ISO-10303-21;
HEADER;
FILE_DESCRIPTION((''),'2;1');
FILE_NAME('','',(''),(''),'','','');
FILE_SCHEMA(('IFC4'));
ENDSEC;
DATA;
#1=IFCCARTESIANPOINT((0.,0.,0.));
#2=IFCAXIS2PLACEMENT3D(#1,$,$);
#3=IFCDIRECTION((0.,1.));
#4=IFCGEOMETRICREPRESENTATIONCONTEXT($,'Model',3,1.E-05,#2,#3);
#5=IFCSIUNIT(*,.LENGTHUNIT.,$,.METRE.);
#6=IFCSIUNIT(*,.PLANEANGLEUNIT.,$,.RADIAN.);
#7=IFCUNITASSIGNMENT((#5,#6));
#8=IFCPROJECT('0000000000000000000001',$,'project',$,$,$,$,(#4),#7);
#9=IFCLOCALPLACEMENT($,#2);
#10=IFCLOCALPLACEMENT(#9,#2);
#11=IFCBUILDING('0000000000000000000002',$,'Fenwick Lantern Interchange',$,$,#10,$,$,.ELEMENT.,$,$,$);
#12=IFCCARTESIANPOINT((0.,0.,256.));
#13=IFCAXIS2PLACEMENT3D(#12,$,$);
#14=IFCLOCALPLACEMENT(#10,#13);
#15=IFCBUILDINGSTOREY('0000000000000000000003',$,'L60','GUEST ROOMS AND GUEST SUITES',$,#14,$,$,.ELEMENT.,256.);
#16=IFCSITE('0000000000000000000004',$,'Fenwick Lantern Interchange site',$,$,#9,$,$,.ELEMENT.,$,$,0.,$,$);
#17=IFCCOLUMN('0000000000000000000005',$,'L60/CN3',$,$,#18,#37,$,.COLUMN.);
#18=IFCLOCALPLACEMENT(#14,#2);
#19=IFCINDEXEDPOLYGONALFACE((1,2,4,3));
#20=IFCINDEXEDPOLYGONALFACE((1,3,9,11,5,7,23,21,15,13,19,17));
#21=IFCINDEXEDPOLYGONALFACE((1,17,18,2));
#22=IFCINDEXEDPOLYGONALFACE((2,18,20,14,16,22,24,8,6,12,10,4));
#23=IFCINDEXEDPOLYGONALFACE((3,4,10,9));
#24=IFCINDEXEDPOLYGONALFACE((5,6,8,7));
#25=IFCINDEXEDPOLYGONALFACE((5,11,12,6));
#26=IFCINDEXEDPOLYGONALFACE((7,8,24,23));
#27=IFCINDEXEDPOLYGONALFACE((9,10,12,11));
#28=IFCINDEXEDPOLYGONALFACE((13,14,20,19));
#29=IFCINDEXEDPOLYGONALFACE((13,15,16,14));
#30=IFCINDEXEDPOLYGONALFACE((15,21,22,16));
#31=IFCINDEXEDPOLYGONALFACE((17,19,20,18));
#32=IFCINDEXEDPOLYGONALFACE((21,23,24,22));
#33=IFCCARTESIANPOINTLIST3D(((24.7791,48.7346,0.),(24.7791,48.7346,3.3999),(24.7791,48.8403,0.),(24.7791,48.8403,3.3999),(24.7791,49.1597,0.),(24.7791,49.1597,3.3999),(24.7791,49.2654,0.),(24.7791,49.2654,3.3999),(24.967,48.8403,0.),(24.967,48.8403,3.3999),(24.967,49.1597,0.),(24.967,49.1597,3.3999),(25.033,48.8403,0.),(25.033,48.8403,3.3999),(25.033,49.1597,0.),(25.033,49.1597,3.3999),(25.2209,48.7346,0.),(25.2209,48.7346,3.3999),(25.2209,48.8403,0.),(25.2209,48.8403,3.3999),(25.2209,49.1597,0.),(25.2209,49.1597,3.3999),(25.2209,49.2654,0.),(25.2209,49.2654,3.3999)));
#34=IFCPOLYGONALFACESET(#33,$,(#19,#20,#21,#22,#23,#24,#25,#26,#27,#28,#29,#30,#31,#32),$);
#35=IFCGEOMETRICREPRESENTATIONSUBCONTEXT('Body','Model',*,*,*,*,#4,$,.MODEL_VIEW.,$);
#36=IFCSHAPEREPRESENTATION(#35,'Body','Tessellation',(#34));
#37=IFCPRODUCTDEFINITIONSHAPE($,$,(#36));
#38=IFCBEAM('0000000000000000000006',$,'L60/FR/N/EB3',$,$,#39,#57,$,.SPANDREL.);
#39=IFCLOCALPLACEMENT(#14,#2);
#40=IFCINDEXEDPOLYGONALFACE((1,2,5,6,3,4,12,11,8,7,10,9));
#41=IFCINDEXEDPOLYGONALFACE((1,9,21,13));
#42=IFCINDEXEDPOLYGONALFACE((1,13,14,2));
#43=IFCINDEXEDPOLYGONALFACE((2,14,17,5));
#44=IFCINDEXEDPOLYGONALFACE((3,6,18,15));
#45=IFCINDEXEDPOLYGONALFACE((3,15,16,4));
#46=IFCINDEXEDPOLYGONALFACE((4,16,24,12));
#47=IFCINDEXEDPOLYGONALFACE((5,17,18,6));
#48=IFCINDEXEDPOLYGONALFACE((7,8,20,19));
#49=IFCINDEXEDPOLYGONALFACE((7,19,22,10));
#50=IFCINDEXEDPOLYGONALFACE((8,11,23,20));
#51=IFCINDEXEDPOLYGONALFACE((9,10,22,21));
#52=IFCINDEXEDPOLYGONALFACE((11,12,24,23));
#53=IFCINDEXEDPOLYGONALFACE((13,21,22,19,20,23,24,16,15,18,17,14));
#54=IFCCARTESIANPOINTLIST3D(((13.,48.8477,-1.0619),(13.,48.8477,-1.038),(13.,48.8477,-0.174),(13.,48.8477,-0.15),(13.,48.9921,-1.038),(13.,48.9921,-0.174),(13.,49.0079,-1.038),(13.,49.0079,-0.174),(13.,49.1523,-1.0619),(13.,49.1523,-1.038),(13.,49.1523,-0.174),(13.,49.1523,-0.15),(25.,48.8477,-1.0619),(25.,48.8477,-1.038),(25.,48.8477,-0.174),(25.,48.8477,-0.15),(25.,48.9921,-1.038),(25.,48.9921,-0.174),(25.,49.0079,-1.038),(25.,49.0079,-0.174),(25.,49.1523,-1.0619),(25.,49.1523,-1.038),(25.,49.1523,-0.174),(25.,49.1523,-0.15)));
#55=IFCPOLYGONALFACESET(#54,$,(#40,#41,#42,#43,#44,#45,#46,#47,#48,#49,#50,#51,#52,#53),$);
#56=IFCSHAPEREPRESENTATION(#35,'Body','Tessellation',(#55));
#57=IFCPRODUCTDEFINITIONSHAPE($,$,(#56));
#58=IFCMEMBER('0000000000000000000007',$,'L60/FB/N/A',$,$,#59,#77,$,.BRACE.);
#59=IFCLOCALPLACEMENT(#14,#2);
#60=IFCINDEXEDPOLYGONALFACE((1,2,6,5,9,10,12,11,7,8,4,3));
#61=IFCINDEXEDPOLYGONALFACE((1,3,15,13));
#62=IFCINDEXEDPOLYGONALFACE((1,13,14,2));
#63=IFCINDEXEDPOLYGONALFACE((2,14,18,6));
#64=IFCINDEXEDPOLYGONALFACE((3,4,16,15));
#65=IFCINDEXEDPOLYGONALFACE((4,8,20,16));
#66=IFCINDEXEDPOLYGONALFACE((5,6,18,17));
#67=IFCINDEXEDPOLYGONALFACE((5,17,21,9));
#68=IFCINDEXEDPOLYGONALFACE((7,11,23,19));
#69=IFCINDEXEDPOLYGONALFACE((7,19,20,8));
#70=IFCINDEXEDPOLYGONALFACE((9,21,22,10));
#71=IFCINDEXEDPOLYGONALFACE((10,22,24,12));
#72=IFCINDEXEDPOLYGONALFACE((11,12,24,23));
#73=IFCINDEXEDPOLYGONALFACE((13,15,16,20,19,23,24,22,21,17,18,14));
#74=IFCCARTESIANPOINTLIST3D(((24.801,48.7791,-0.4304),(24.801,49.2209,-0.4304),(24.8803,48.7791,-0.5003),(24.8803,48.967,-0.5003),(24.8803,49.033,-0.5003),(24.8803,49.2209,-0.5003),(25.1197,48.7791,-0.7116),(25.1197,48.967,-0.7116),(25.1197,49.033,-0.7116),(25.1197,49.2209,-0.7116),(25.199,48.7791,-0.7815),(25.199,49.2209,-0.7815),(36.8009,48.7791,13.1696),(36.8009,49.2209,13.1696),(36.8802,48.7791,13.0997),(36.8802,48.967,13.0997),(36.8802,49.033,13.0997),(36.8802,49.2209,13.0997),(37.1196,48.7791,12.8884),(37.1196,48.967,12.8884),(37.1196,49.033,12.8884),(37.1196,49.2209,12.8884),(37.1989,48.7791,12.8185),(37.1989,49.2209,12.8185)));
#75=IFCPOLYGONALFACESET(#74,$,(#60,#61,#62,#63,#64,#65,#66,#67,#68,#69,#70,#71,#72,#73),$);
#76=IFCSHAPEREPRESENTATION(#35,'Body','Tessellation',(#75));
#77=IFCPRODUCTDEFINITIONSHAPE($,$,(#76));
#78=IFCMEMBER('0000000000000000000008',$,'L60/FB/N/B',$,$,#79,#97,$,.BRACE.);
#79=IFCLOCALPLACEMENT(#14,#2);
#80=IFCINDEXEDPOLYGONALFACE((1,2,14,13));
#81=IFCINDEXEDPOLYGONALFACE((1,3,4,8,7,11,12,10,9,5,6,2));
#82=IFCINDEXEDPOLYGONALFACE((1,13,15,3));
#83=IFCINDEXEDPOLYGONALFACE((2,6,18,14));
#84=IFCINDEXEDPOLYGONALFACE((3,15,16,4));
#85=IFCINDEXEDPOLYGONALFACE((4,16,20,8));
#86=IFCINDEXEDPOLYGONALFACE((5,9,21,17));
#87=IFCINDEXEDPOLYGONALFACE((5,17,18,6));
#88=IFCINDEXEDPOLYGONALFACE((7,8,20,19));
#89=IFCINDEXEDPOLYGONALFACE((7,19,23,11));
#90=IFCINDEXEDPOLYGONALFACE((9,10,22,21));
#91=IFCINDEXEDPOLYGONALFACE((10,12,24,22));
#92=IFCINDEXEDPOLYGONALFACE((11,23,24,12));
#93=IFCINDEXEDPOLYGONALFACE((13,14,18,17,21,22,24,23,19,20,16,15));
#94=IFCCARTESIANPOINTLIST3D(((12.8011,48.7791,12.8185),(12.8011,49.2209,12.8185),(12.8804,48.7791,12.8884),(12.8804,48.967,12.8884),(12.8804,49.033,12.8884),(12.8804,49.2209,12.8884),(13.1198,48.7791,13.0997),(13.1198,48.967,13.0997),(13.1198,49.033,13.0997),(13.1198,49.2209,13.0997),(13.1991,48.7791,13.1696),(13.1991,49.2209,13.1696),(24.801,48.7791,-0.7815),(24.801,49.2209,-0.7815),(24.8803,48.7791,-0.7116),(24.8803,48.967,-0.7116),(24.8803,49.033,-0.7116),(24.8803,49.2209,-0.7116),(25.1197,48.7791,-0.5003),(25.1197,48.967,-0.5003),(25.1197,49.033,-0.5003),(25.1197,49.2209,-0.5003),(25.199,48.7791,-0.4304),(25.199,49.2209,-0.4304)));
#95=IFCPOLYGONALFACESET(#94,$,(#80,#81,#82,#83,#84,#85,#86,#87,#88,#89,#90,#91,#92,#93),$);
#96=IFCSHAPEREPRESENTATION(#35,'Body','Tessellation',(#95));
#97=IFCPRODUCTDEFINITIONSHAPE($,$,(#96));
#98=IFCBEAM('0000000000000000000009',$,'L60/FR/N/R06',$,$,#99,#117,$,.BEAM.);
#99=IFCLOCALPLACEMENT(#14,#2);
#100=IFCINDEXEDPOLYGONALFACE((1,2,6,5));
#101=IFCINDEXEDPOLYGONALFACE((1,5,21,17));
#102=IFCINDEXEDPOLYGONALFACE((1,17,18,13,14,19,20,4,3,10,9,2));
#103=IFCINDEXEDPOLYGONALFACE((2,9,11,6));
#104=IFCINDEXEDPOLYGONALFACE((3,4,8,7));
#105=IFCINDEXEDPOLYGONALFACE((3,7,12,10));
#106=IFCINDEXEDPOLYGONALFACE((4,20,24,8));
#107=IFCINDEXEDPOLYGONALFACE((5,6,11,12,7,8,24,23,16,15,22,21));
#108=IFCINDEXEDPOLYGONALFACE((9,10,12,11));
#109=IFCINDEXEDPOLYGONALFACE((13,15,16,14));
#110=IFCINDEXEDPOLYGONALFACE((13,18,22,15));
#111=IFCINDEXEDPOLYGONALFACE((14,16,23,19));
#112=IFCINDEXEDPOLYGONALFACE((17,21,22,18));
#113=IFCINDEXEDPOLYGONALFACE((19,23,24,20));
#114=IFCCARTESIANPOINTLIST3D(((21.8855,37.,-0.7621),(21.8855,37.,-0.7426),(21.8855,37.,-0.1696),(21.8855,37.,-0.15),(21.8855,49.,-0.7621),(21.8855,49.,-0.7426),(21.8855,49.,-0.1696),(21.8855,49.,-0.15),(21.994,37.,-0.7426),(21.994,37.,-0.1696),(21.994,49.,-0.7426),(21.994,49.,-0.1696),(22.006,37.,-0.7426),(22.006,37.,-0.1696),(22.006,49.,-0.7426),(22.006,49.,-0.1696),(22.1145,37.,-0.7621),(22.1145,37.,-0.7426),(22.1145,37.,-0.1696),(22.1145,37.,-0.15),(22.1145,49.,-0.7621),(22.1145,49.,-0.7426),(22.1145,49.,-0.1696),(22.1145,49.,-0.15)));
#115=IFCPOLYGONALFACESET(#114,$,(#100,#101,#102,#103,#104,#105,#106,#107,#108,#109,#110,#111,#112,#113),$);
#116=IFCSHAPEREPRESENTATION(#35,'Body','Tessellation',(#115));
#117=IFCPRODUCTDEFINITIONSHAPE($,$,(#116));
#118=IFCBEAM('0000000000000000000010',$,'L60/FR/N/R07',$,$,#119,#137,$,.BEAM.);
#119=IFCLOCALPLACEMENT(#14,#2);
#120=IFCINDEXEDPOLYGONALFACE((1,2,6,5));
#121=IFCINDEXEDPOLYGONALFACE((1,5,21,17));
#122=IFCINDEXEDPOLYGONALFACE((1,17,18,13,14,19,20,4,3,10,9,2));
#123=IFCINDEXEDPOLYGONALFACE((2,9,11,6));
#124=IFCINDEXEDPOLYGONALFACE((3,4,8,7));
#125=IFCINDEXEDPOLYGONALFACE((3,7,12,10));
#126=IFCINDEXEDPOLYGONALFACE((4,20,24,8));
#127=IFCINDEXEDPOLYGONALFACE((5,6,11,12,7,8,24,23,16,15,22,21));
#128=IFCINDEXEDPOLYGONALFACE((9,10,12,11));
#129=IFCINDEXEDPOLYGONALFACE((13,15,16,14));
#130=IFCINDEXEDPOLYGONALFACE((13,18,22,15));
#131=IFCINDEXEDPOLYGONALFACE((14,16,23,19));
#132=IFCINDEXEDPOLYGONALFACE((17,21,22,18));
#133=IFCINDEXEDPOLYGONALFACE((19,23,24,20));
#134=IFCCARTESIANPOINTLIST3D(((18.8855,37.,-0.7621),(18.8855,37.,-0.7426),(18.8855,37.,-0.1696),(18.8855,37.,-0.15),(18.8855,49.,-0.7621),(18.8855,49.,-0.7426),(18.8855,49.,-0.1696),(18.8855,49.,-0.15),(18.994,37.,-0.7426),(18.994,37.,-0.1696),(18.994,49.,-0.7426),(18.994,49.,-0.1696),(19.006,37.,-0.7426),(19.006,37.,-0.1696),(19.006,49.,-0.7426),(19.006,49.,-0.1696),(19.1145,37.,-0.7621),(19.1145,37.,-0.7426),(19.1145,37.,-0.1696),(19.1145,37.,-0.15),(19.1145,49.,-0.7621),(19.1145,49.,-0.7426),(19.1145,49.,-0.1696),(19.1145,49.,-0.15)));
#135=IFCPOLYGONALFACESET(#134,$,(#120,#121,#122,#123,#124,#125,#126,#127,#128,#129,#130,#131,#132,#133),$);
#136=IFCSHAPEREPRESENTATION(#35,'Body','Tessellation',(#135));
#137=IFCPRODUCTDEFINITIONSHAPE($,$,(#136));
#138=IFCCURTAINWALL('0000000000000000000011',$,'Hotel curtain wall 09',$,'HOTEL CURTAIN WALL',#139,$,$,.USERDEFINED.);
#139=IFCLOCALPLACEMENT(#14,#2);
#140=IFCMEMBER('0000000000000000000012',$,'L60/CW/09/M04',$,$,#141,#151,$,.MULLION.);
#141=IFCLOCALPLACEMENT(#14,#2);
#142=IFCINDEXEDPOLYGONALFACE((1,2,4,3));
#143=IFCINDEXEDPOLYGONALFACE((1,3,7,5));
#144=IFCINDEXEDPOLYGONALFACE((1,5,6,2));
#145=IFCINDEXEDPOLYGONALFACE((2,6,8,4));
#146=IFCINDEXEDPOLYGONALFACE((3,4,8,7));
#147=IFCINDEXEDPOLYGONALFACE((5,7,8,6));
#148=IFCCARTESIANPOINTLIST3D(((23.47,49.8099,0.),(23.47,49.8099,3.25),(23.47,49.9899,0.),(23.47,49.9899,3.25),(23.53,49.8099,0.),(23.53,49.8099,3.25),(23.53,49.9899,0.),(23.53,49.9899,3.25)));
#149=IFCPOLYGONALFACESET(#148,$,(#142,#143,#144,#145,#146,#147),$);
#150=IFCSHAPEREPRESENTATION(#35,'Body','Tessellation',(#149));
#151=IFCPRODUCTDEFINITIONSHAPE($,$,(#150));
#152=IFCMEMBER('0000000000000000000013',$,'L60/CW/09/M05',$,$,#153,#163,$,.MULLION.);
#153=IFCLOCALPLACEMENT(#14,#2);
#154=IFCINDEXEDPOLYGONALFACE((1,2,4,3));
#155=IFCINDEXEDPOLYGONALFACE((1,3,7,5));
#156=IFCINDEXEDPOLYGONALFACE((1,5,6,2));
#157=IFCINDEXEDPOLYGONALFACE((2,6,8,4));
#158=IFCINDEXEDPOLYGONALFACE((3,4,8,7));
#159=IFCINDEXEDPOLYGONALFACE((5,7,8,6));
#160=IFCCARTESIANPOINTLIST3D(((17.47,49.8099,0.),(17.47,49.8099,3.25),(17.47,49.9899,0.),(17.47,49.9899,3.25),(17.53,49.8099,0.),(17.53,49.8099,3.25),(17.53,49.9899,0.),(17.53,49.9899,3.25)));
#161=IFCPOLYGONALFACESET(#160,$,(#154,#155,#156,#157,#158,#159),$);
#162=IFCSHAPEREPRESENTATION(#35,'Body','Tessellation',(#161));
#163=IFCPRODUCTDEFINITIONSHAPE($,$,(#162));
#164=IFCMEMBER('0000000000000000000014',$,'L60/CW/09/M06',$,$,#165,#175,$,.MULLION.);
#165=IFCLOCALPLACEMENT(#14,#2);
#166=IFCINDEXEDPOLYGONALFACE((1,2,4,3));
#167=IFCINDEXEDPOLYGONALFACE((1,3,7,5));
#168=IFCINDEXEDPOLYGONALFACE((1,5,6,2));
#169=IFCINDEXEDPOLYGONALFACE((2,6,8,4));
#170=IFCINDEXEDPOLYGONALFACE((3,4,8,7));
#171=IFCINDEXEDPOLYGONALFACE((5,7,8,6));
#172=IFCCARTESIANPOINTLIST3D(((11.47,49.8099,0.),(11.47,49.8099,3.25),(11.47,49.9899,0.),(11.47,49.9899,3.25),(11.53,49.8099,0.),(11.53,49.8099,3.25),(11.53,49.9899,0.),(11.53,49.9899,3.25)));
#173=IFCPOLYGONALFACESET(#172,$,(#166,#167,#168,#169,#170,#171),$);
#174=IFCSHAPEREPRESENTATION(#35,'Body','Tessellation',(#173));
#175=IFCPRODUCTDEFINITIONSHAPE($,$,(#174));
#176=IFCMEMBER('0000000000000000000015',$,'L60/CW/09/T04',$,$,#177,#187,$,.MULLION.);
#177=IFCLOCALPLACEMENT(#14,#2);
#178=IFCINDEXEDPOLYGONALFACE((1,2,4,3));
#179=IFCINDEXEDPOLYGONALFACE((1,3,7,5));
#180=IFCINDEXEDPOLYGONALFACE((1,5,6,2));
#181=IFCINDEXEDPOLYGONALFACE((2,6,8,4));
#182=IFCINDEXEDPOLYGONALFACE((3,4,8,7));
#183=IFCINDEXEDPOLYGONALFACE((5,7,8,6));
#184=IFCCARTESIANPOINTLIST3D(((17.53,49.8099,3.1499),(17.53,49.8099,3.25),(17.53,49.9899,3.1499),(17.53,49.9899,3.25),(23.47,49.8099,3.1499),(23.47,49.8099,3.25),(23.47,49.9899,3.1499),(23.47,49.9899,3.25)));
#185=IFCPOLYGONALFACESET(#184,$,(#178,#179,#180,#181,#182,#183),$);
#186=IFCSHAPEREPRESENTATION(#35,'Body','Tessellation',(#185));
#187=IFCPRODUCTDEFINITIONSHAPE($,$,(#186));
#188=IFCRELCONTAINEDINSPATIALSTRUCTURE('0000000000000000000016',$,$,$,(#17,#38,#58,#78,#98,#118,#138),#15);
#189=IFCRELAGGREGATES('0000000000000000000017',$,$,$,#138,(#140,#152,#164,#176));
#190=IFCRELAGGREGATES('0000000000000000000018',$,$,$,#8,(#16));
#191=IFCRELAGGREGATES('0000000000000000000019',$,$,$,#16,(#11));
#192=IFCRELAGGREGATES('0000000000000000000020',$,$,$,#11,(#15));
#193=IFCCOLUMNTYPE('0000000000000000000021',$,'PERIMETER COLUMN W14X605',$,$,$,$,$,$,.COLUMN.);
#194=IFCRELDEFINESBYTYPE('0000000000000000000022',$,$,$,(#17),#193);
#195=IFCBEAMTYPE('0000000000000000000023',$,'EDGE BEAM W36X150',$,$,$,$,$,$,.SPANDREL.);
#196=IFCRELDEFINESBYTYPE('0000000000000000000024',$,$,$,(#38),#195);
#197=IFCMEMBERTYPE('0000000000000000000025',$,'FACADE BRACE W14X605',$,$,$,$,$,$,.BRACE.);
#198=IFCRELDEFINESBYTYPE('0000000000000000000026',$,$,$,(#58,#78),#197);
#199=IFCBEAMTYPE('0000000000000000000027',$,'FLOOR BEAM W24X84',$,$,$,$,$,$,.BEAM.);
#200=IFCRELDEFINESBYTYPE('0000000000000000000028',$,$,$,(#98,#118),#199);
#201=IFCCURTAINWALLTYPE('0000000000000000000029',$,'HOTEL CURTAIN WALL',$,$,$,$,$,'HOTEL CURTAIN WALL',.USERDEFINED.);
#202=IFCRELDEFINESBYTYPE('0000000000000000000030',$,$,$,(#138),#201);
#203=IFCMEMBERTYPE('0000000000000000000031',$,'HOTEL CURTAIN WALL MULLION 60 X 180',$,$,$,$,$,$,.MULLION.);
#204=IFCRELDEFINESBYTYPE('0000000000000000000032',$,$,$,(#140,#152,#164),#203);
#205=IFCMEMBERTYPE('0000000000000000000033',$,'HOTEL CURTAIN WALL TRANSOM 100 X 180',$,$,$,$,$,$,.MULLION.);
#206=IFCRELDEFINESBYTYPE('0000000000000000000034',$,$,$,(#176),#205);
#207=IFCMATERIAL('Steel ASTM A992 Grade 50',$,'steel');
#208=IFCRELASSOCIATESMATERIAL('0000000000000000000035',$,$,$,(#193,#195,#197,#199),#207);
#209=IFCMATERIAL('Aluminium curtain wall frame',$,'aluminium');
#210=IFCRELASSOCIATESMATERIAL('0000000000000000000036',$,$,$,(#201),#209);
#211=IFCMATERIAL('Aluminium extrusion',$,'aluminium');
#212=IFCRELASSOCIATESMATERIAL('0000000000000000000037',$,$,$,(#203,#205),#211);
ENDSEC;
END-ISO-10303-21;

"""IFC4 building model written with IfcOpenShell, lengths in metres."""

from ifc_helpers import new_model, si_unit, direction, frame, origin, origin_2d, place, context, subcontext, project, spatial, rectangle, i_section, extrude, material, material_profile, profile_set, type_object, element, aggregate, save


model = new_model("IFC4")

# Units and contexts
model_context = context("Model", 3, precision=1e-05, world=origin(), true_north=direction((0.0, 1.0)))
body_context = subcontext(model_context, "Body", "Model", "MODEL_VIEW")
ifc_project = project(units=[si_unit("LENGTHUNIT", "METRE"), si_unit("PLANEANGLEUNIT", "RADIAN")], contexts=[model_context])

# Site, building, storey
site_placement = place(None, origin())
site = spatial("IfcSite", under=ifc_project, at=site_placement, Name="Fenwick Lantern Interchange site", CompositionType="ELEMENT", RefElevation=0.0)
building_placement = place(site_placement, origin())
building = spatial("IfcBuilding", under=site, at=building_placement, Name="Fenwick Lantern Interchange", CompositionType="ELEMENT")
storey_placement = place(building_placement, frame((0.0, 0.0, 256.0)))
storey = spatial("IfcBuildingStorey", under=building, at=storey_placement, Name="L60", Description="GUEST ROOMS AND GUEST SUITES", CompositionType="ELEMENT", Elevation=256.0)

# Column
ifc_material_1 = material(Name="Steel ASTM A992 Grade 50", Category="steel")
ifc_material_profile_1 = material_profile(ifc_material_1, i_section(OverallWidth=0.4419, OverallDepth=0.5308, WebThickness=0.0659, FlangeThickness=0.1057, at=origin_2d()), Name="W14X605")
ifc_profile_set_1 = profile_set([ifc_material_profile_1], Name="Steel ASTM A992 Grade 50")
column_type = type_object("IfcColumnType", Name="PERIMETER COLUMN W14X605", PredefinedType="COLUMN", material=ifc_profile_set_1)
column_placement = place(storey_placement, frame((25.0, 49.0, 0.0), z_axis=(0.0, 0.0, 1.0), x_axis=(1.0, 0.0, 0.0)))
element("IfcColumn", 1, at=column_placement, inside=storey, type_object=column_type, Name="L60/CN3", PredefinedType="COLUMN", context=body_context, shape_type="SweptSolid", body=[
    extrude(i_section(OverallWidth=0.4419, OverallDepth=0.5308, WebThickness=0.0659, FlangeThickness=0.1057, at=origin_2d()), origin(), (0.0, 0.0, 1.0), 3.3999),
])

# Beam
ifc_material_profile_2 = material_profile(ifc_material_1, i_section(OverallWidth=0.3047, OverallDepth=0.9119, WebThickness=0.0159, FlangeThickness=0.0239, at=origin_2d()), Name="W36X150")
ifc_profile_set_2 = profile_set([ifc_material_profile_2], Name="Steel ASTM A992 Grade 50")
beam_type_1 = type_object("IfcBeamType", Name="EDGE BEAM W36X150", PredefinedType="SPANDREL", material=ifc_profile_set_2)
beam_1_placement = place(storey_placement, frame((25.0, 49.0, -0.606), z_axis=(-1.0, 0.0, 0.0), x_axis=(0.0, -1.0, 0.0)))
element("IfcBeam", 2, at=beam_1_placement, inside=storey, type_object=beam_type_1, Name="L60/FR/N/EB3", PredefinedType="SPANDREL", context=body_context, shape_type="SweptSolid", body=[
    extrude(i_section(OverallWidth=0.3047, OverallDepth=0.9119, WebThickness=0.0159, FlangeThickness=0.0239, at=origin_2d()), origin(), (0.0, 0.0, 1.0), 12.0),
])

# Members
ifc_material_profile_3 = material_profile(ifc_material_1, i_section(OverallWidth=0.4419, OverallDepth=0.5308, WebThickness=0.0659, FlangeThickness=0.1057, at=origin_2d()), Name="W14X605")
ifc_profile_set_3 = profile_set([ifc_material_profile_3], Name="Steel ASTM A992 Grade 50")
member_type_1 = type_object("IfcMemberType", Name="FACADE BRACE W14X605", PredefinedType="BRACE", material=ifc_profile_set_3)
for number, where, z_axis, x_axis, name in (
    (3, (25.0, 49.0, -0.606), (0.661619, 0.0, 0.74984), (0.0, 1.0, 0.0), "L60/FB/N/A"),
    (4, (25.0, 49.0, -0.606), (-0.661619, 0.0, 0.74984), (0.0, -1.0, 0.0), "L60/FB/N/B"),
):
    element("IfcMember", number, at=place(storey_placement, frame(where, z_axis=z_axis, x_axis=x_axis)), inside=storey, type_object=member_type_1, Name=name, PredefinedType="BRACE", context=body_context, shape_type="SweptSolid", body=[
        extrude(i_section(OverallWidth=0.4419, OverallDepth=0.5308, WebThickness=0.0659, FlangeThickness=0.1057, at=origin_2d()), origin(), (0.0, 0.0, 1.0), 18.1372),
    ])

# Beams
ifc_material_profile_4 = material_profile(ifc_material_1, i_section(OverallWidth=0.229, OverallDepth=0.6121, WebThickness=0.012, FlangeThickness=0.0195, at=origin_2d()), Name="W24X84")
ifc_profile_set_4 = profile_set([ifc_material_profile_4], Name="Steel ASTM A992 Grade 50")
beam_type_2 = type_object("IfcBeamType", Name="FLOOR BEAM W24X84", PredefinedType="BEAM", material=ifc_profile_set_4)
for number, where, z_axis, x_axis, name in (
    (5, (22.0, 49.0, -0.4561), (0.0, -1.0, 0.0), (1.0, 0.0, 0.0), "L60/FR/N/R06"),
    (6, (19.0, 49.0, -0.4561), (0.0, -1.0, 0.0), (1.0, 0.0, 0.0), "L60/FR/N/R07"),
):
    element("IfcBeam", number, at=place(storey_placement, frame(where, z_axis=z_axis, x_axis=x_axis)), inside=storey, type_object=beam_type_2, Name=name, PredefinedType="BEAM", context=body_context, shape_type="SweptSolid", body=[
        extrude(i_section(OverallWidth=0.229, OverallDepth=0.6121, WebThickness=0.012, FlangeThickness=0.0195, at=origin_2d()), origin(), (0.0, 0.0, 1.0), 12.0),
    ])

# Curtain wall, members
ifc_material_2 = material(Name="Aluminium curtain wall frame", Category="aluminium")
curtain_wall_type = type_object("IfcCurtainWallType", Name="HOTEL CURTAIN WALL", ElementType="HOTEL CURTAIN WALL", PredefinedType="USERDEFINED", material=ifc_material_2)
curtain_wall_placement = place(storey_placement, origin())
curtain_wall = element("IfcCurtainWall", 7, at=curtain_wall_placement, inside=storey, type_object=curtain_wall_type, Name="Hotel curtain wall 09", ObjectType="HOTEL CURTAIN WALL", PredefinedType="USERDEFINED")
ifc_material_3 = material(Name="Aluminium extrusion", Category="aluminium")
ifc_material_profile_5 = material_profile(ifc_material_3, rectangle(XDim=0.1799, YDim=0.0601, at=origin_2d()), Name="HOTEL CURTAIN WALL MULLION 60 X 180")
ifc_profile_set_5 = profile_set([ifc_material_profile_5], Name="Aluminium extrusion")
member_type_2 = type_object("IfcMemberType", Name="HOTEL CURTAIN WALL MULLION 60 X 180", PredefinedType="MULLION", material=ifc_profile_set_5)
member_1_placement = place(storey_placement, frame((23.5, 49.8999, 0.0), z_axis=(0.0, 0.0, 1.0), x_axis=(0.0, -1.0, 0.0)))
member_1 = element("IfcMember", 8, at=member_1_placement, type_object=member_type_2, Name="L60/CW/09/M04", PredefinedType="MULLION", context=body_context, shape_type="SweptSolid", body=[
    extrude(rectangle(XDim=0.1799, YDim=0.0601, at=origin_2d()), origin(), (0.0, 0.0, 1.0), 3.25),
])
member_2_placement = place(storey_placement, frame((17.5, 49.8999, 0.0), z_axis=(0.0, 0.0, 1.0), x_axis=(0.0, -1.0, 0.0)))
member_2 = element("IfcMember", 9, at=member_2_placement, type_object=member_type_2, Name="L60/CW/09/M05", PredefinedType="MULLION", context=body_context, shape_type="SweptSolid", body=[
    extrude(rectangle(XDim=0.1799, YDim=0.0601, at=origin_2d()), origin(), (0.0, 0.0, 1.0), 3.25),
])
member_3_placement = place(storey_placement, frame((11.5, 49.8999, 0.0), z_axis=(0.0, 0.0, 1.0), x_axis=(0.0, -1.0, 0.0)))
member_3 = element("IfcMember", 10, at=member_3_placement, type_object=member_type_2, Name="L60/CW/09/M06", PredefinedType="MULLION", context=body_context, shape_type="SweptSolid", body=[
    extrude(rectangle(XDim=0.1799, YDim=0.0601, at=origin_2d()), origin(), (0.0, 0.0, 1.0), 3.25),
])
ifc_material_profile_6 = material_profile(ifc_material_3, rectangle(XDim=0.1799, YDim=0.1001, at=origin_2d()), Name="HOTEL CURTAIN WALL TRANSOM 100 X 180")
ifc_profile_set_6 = profile_set([ifc_material_profile_6], Name="Aluminium extrusion")
member_type_3 = type_object("IfcMemberType", Name="HOTEL CURTAIN WALL TRANSOM 100 X 180", PredefinedType="MULLION", material=ifc_profile_set_6)
member_4_placement = place(storey_placement, frame((23.47, 49.8999, 3.2), z_axis=(-1.0, 0.0, 0.0), x_axis=(0.0, -1.0, 0.0)))
member_4 = element("IfcMember", 11, at=member_4_placement, type_object=member_type_3, Name="L60/CW/09/T04", PredefinedType="MULLION", context=body_context, shape_type="SweptSolid", body=[
    extrude(rectangle(XDim=0.1799, YDim=0.1001, at=origin_2d()), origin(), (0.0, 0.0, 1.0), 5.9399),
])

aggregate(curtain_wall, [member_1, member_2, member_3, member_4])

save(model, "model.ifc")
